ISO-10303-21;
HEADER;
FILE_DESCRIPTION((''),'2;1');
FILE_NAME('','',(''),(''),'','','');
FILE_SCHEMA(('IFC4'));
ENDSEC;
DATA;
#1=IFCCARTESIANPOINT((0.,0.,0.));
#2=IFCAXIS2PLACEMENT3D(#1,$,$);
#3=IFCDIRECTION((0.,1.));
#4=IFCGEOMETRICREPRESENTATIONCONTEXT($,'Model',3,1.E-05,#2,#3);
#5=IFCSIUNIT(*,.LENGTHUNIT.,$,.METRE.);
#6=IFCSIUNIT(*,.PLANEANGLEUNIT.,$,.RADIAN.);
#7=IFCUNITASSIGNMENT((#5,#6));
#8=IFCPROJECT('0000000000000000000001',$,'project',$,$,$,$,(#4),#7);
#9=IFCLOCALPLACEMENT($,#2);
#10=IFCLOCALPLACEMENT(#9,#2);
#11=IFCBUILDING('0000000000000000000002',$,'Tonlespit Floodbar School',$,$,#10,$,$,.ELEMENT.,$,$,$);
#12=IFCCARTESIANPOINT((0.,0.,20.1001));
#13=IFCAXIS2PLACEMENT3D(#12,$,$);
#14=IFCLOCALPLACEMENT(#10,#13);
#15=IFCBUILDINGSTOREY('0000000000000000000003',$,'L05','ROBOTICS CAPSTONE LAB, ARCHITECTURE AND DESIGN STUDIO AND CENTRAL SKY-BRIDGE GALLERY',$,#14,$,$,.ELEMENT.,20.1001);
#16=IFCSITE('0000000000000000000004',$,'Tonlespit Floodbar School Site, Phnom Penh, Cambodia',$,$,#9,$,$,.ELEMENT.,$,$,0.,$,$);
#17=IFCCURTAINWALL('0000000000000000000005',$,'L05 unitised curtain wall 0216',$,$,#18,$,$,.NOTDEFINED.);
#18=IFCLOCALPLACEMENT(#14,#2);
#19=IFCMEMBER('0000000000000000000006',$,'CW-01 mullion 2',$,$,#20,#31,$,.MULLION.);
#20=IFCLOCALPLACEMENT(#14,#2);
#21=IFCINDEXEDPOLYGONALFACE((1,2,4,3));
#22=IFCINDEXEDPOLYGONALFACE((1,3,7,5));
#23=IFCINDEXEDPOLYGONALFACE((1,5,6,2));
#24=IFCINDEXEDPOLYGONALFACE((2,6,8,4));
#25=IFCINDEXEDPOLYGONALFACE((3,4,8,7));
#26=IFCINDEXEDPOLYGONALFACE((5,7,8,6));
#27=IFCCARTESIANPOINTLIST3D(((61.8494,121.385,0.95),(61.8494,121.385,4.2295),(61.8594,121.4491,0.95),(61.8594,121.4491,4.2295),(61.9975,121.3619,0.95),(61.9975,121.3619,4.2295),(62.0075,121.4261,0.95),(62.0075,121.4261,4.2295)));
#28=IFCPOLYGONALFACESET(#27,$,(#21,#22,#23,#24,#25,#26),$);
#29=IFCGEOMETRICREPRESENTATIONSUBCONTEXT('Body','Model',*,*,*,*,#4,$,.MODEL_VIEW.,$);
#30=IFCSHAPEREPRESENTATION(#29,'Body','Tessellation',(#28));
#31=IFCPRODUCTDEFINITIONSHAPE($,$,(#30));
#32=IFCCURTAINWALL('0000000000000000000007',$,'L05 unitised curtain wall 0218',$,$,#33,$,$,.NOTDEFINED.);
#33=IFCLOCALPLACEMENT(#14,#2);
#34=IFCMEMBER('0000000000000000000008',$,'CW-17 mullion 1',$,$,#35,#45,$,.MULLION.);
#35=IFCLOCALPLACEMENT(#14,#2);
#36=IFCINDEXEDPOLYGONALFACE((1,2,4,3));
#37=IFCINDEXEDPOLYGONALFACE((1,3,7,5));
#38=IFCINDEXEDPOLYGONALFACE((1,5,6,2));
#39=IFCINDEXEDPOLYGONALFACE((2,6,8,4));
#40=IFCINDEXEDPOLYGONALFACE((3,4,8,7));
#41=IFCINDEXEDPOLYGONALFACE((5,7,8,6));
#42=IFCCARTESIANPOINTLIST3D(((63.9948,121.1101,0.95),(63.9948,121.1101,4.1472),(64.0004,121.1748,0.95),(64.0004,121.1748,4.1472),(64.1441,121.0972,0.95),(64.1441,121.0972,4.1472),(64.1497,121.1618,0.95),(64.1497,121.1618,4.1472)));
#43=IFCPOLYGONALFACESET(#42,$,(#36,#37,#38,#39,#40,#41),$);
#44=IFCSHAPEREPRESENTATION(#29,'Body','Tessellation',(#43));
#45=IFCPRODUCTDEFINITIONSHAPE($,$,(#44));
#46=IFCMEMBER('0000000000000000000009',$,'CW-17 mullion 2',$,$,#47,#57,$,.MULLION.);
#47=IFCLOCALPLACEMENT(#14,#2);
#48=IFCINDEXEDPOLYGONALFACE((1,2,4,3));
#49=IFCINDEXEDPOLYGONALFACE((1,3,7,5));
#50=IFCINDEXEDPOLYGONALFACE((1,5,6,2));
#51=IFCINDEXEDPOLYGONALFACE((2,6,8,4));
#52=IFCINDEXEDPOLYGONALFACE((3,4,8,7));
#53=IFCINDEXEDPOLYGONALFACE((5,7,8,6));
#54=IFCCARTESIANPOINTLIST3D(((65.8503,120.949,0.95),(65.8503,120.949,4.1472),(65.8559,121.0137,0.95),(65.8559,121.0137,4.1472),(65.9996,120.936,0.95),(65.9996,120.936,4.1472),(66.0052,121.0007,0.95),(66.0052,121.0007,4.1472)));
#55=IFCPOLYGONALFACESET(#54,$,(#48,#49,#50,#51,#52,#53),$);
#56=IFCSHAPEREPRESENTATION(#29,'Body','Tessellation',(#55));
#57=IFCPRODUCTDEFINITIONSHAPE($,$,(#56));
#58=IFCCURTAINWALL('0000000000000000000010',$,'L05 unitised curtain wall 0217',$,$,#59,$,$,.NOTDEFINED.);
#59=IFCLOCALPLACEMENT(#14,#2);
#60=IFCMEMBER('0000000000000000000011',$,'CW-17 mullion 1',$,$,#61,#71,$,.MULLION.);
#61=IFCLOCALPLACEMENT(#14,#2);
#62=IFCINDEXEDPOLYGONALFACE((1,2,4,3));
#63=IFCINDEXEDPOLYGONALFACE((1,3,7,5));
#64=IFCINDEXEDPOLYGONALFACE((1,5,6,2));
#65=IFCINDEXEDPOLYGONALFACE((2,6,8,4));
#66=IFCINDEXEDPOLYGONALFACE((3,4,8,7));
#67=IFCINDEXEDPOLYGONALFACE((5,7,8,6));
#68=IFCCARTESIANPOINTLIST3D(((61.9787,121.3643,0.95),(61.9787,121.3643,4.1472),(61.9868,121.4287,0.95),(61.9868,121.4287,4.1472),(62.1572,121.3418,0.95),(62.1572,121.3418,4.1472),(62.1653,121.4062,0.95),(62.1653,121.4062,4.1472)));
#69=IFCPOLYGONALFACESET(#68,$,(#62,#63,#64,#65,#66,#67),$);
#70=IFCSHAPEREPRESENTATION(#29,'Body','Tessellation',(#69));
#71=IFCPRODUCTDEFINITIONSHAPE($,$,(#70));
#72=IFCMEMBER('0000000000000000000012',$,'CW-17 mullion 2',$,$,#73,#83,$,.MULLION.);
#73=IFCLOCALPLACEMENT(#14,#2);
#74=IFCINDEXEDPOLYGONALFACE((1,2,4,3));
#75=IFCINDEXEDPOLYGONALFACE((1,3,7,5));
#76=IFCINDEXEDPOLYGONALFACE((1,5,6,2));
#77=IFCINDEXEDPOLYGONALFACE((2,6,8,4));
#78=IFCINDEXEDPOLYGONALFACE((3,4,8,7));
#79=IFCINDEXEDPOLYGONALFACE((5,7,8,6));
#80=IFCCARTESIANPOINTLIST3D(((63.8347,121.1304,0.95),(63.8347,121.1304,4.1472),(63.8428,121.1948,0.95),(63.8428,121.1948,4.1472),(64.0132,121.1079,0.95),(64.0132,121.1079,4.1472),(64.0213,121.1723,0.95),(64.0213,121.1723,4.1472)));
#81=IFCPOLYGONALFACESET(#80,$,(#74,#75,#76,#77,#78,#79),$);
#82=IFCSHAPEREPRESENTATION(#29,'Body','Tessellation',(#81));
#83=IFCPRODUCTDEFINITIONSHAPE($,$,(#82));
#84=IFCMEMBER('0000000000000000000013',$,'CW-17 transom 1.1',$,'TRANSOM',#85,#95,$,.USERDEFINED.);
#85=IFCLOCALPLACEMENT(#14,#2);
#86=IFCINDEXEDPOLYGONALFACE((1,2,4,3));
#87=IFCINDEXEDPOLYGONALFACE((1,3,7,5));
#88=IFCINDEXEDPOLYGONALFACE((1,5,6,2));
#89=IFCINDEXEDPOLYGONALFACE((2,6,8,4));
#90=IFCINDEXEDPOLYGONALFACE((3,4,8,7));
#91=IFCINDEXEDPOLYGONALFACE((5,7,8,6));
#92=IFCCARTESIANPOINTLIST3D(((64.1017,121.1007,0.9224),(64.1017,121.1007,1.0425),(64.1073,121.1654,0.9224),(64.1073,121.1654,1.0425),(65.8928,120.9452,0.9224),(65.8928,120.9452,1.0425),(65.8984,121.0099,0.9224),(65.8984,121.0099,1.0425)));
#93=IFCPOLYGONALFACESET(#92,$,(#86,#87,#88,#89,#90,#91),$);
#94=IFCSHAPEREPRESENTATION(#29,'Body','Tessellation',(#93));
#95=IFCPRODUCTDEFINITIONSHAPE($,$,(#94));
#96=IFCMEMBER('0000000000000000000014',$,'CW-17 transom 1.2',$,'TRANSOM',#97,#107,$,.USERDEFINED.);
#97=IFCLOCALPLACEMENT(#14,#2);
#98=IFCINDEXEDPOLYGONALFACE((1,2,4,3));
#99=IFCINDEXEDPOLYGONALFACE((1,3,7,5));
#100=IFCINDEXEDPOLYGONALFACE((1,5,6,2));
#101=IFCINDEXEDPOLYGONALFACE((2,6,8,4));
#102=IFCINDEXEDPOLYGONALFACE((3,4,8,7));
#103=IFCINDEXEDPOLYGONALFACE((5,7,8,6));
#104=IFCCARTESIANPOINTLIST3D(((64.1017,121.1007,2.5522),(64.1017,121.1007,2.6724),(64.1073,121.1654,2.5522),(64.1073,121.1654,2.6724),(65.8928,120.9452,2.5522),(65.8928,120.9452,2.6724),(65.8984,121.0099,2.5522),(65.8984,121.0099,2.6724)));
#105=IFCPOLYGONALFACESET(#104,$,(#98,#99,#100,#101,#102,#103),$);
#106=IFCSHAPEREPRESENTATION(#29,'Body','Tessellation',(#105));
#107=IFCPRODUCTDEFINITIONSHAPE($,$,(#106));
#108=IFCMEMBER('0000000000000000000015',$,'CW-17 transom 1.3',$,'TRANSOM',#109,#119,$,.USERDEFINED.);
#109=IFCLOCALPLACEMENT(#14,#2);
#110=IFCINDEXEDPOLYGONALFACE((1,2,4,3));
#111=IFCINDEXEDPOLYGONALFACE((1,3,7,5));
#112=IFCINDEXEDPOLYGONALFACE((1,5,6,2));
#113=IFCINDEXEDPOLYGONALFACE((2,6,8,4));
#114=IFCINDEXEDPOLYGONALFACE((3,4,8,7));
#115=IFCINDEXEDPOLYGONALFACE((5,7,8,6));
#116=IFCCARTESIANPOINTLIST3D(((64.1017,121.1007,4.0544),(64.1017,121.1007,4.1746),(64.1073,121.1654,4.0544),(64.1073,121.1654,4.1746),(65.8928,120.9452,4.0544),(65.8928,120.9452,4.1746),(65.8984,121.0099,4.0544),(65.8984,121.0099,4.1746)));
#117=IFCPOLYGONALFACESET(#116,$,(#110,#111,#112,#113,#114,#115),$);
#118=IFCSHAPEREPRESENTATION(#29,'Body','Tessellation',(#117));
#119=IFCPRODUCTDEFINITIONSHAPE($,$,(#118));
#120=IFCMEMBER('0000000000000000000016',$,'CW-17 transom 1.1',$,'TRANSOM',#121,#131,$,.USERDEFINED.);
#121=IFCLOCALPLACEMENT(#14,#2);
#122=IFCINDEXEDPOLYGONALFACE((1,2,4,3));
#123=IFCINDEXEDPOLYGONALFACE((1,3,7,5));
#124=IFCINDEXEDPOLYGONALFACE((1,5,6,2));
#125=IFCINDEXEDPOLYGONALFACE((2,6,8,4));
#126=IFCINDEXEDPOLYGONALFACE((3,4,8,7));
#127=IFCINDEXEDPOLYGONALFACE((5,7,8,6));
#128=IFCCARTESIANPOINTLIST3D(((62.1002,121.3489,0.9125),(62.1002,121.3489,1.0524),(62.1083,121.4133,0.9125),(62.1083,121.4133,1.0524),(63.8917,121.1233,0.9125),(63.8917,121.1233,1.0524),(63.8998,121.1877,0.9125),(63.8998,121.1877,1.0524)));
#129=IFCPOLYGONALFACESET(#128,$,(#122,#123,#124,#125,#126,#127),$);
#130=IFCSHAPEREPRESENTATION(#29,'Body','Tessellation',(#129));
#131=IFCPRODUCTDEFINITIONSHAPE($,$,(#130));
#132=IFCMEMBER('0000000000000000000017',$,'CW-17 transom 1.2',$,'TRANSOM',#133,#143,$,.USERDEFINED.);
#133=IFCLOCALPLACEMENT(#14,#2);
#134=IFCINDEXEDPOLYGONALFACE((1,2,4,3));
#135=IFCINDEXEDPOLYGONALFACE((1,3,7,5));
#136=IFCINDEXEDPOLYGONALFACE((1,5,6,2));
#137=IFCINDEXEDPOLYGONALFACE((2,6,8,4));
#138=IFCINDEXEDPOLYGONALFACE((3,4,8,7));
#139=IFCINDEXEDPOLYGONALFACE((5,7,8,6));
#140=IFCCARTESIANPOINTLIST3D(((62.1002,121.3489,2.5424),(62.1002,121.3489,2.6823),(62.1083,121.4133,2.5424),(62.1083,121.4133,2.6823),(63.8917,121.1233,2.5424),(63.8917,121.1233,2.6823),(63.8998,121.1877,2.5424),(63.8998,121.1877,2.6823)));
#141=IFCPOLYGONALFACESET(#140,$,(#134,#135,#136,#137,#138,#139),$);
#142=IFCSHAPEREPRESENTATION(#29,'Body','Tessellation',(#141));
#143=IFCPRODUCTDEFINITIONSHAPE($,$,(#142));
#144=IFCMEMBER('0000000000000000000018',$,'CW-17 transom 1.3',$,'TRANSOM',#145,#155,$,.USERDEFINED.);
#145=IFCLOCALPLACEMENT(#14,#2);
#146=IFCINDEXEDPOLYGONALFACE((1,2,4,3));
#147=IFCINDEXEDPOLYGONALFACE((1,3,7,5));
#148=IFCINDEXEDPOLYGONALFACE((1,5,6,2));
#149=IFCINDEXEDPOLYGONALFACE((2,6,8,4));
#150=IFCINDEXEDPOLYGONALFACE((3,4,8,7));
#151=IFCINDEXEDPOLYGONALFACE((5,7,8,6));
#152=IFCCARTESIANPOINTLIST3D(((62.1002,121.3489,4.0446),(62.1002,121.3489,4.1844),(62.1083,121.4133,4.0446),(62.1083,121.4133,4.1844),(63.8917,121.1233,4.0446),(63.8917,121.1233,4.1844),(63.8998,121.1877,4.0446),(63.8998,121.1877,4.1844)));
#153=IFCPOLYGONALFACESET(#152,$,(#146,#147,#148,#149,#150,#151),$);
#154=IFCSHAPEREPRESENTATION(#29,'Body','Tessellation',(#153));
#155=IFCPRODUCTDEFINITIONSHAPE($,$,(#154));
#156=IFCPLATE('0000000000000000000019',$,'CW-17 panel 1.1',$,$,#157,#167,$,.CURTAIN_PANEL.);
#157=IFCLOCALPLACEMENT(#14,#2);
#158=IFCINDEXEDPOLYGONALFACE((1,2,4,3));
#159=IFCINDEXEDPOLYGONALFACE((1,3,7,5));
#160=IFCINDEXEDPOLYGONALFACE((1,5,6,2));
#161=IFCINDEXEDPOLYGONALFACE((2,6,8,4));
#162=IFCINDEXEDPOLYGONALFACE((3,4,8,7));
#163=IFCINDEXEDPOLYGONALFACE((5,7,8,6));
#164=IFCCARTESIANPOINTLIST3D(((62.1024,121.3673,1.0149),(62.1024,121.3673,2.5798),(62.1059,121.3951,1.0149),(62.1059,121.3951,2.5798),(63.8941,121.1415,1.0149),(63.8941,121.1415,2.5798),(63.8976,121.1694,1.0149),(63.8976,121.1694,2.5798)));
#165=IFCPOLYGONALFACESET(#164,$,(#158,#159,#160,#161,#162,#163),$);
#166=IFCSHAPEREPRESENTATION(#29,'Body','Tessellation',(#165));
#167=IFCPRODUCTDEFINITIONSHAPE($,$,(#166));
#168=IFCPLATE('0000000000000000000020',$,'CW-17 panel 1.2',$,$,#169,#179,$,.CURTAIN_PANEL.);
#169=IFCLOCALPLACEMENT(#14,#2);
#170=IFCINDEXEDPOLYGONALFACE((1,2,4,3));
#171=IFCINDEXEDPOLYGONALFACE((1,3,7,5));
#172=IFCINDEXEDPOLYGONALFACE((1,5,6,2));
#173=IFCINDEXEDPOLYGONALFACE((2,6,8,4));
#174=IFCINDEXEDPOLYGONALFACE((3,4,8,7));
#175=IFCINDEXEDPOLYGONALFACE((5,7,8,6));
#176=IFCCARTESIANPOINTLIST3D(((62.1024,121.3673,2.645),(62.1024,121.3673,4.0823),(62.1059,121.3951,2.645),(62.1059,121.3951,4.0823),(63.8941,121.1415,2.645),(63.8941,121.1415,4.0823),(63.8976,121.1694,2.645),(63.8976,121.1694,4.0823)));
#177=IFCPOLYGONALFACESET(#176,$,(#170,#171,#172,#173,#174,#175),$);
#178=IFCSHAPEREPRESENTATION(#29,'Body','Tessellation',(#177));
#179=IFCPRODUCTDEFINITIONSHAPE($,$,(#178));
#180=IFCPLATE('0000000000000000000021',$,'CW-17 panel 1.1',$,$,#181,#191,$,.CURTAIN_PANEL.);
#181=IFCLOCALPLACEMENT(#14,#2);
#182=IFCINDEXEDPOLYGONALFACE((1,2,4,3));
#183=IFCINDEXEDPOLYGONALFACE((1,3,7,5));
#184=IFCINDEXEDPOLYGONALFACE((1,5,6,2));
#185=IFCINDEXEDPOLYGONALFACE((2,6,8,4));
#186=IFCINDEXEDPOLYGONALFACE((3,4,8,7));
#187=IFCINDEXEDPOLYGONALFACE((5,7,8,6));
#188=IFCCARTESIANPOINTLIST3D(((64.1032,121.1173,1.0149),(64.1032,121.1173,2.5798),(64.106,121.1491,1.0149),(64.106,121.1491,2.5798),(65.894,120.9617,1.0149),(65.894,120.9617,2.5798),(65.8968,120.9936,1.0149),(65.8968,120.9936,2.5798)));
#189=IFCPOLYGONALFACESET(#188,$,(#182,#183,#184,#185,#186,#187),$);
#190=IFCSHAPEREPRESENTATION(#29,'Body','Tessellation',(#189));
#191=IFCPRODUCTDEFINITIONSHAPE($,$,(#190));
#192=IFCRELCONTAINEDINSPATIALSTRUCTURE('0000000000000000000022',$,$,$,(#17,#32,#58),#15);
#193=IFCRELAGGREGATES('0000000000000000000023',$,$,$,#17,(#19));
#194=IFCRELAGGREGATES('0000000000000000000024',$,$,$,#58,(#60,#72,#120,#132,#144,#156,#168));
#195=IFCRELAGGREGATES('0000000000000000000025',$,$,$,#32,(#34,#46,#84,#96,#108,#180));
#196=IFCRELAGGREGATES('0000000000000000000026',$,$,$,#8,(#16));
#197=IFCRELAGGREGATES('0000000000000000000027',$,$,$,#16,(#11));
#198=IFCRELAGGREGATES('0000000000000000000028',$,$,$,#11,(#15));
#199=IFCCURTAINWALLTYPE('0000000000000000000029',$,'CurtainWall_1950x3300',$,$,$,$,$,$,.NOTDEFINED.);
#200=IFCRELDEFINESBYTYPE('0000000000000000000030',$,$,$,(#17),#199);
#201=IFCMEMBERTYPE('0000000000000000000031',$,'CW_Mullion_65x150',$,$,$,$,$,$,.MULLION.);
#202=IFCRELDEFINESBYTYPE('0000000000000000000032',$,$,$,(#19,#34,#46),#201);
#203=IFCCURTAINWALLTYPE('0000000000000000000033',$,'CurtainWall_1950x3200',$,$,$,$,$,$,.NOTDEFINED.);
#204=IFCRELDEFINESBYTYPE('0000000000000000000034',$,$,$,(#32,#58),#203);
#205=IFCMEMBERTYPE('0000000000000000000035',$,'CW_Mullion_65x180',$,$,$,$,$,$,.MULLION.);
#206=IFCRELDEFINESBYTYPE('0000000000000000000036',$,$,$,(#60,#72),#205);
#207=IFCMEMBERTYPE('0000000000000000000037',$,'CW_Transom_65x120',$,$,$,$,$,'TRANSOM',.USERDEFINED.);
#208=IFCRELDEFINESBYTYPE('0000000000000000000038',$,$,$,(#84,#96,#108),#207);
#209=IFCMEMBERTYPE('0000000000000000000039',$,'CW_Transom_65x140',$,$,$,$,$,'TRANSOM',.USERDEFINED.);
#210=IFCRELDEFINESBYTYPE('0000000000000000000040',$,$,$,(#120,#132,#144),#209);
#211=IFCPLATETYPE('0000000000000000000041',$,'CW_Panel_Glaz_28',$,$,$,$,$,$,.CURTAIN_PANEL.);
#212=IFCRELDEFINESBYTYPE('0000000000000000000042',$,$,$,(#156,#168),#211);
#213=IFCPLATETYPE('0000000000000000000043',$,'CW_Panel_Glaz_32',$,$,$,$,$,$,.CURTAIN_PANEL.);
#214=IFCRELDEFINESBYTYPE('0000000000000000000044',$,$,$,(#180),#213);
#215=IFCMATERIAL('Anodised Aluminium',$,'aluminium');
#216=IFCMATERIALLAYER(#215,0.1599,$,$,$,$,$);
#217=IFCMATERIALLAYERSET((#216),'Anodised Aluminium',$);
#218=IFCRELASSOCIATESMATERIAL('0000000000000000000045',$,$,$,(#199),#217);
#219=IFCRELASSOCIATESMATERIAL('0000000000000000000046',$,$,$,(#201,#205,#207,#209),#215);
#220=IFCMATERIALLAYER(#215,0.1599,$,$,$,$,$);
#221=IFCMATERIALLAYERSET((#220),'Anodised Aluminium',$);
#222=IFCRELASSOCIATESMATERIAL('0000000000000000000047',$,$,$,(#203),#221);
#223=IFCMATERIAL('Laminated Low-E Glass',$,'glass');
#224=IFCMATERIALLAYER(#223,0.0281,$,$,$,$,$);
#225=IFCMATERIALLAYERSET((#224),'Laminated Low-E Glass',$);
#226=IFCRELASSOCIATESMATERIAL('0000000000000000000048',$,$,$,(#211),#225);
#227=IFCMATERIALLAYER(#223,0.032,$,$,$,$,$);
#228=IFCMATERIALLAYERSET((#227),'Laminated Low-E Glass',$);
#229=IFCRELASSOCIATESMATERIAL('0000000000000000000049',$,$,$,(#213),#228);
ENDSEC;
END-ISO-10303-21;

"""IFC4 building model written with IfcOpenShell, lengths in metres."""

from ifc_helpers import new_model, si_unit, direction, frame, origin, origin_2d, place, context, subcontext, project, spatial, rectangle, extrude, material, layer, layer_set, material_profile, profile_set, type_object, element, aggregate, save


model = new_model("IFC4")

# Units and contexts
model_context = context("Model", 3, precision=1e-05, world=origin(), true_north=direction((0.0, 1.0)))
body_context = subcontext(model_context, "Body", "Model", "MODEL_VIEW")
ifc_project = project(units=[si_unit("LENGTHUNIT", "METRE"), si_unit("PLANEANGLEUNIT", "RADIAN")], contexts=[model_context])

# Site, building, storey
site_placement = place(None, origin())
site = spatial("IfcSite", under=ifc_project, at=site_placement, Name="Tonlespit Floodbar School Site, Phnom Penh, Cambodia", CompositionType="ELEMENT", RefElevation=0.0)
building_placement = place(site_placement, origin())
building = spatial("IfcBuilding", under=site, at=building_placement, Name="Tonlespit Floodbar School", CompositionType="ELEMENT")
storey_placement = place(building_placement, frame((0.0, 0.0, 20.1001)))
storey = spatial("IfcBuildingStorey", under=building, at=storey_placement, Name="L05", Description="ROBOTICS CAPSTONE LAB, ARCHITECTURE AND DESIGN STUDIO AND CENTRAL SKY-BRIDGE GALLERY", CompositionType="ELEMENT", Elevation=20.1001)

# Curtain wall, member
ifc_material_1 = material(Name="Anodised Aluminium", Category="aluminium")
ifc_layer_1 = layer(ifc_material_1, 0.1599)
ifc_layer_set_1 = layer_set([ifc_layer_1], Name="Anodised Aluminium")
curtain_wall_type_1 = type_object("IfcCurtainWallType", Name="CurtainWall_1950x3300", PredefinedType="NOTDEFINED", material=ifc_layer_set_1)
curtain_wall_1_placement = place(storey_placement, origin())
curtain_wall_1 = element("IfcCurtainWall", 1, at=curtain_wall_1_placement, inside=storey, type_object=curtain_wall_type_1, Name="L05 unitised curtain wall 0216", PredefinedType="NOTDEFINED")
ifc_material_profile_1 = material_profile(ifc_material_1, rectangle(XDim=0.0649, YDim=0.1499, at=origin_2d()), Name="ALU M65x150")
ifc_profile_set_1 = profile_set([ifc_material_profile_1], Name="Anodised Aluminium")
member_type_1 = type_object("IfcMemberType", Name="CW_Mullion_65x150", PredefinedType="MULLION", material=ifc_profile_set_1)
member_1_placement = place(storey_placement, frame((61.9285, 121.4055, 0.95), z_axis=(0.0, 0.0, 1.0), x_axis=(0.153796, 0.988103, 0.0)))
member_1 = element("IfcMember", 2, at=member_1_placement, type_object=member_type_1, Name="CW-01 mullion 2", PredefinedType="MULLION", context=body_context, shape_type="SweptSolid", body=[
    extrude(rectangle(XDim=0.0649, YDim=0.1499, at=origin_2d()), origin(), (0.0, 0.0, 1.0), 3.2795),
])
aggregate(curtain_wall_1, [member_1])

# Curtain walls, members
ifc_layer_2 = layer(ifc_material_1, 0.1599)
ifc_layer_set_2 = layer_set([ifc_layer_2], Name="Anodised Aluminium")
curtain_wall_type_2 = type_object("IfcCurtainWallType", Name="CurtainWall_1950x3200", PredefinedType="NOTDEFINED", material=ifc_layer_set_2)
curtain_wall_2_placement = place(storey_placement, origin())
curtain_wall_2 = element("IfcCurtainWall", 3, at=curtain_wall_2_placement, inside=storey, type_object=curtain_wall_type_2, Name="L05 unitised curtain wall 0218", PredefinedType="NOTDEFINED")
member_2_placement = place(storey_placement, frame((64.0723, 121.136, 0.95), z_axis=(0.0, 0.0, 1.0), x_axis=(0.086531, 0.996249, 0.0)))
member_2 = element("IfcMember", 4, at=member_2_placement, type_object=member_type_1, Name="CW-17 mullion 1", PredefinedType="MULLION", context=body_context, shape_type="SweptSolid", body=[
    extrude(rectangle(XDim=0.0649, YDim=0.1499, at=origin_2d()), origin(), (0.0, 0.0, 1.0), 3.1973),
])
member_3_placement = place(storey_placement, frame((65.9277, 120.9749, 0.95), z_axis=(0.0, 0.0, 1.0), x_axis=(0.086531, 0.996249, 0.0)))
member_3 = element("IfcMember", 5, at=member_3_placement, type_object=member_type_1, Name="CW-17 mullion 2", PredefinedType="MULLION", context=body_context, shape_type="SweptSolid", body=[
    extrude(rectangle(XDim=0.0649, YDim=0.1499, at=origin_2d()), origin(), (0.0, 0.0, 1.0), 3.1973),
])
curtain_wall_3_placement = place(storey_placement, origin())
curtain_wall_3 = element("IfcCurtainWall", 6, at=curtain_wall_3_placement, inside=storey, type_object=curtain_wall_type_2, Name="L05 unitised curtain wall 0217", PredefinedType="NOTDEFINED")
ifc_material_profile_2 = material_profile(ifc_material_1, rectangle(XDim=0.0649, YDim=0.1799, at=origin_2d()), Name="ALU M65x180")
ifc_profile_set_2 = profile_set([ifc_material_profile_2], Name="Anodised Aluminium")
member_type_2 = type_object("IfcMemberType", Name="CW_Mullion_65x180", PredefinedType="MULLION", material=ifc_profile_set_2)
member_4_placement = place(storey_placement, frame((62.072, 121.3853, 0.95), z_axis=(0.0, 0.0, 1.0), x_axis=(0.125014, 0.992155, 0.0)))
member_4 = element("IfcMember", 7, at=member_4_placement, type_object=member_type_2, Name="CW-17 mullion 1", PredefinedType="MULLION", context=body_context, shape_type="SweptSolid", body=[
    extrude(rectangle(XDim=0.0649, YDim=0.1799, at=origin_2d()), origin(), (0.0, 0.0, 1.0), 3.1973),
])
member_5_placement = place(storey_placement, frame((63.928, 121.1514, 0.95), z_axis=(0.0, 0.0, 1.0), x_axis=(0.125014, 0.992155, 0.0)))
member_5 = element("IfcMember", 8, at=member_5_placement, type_object=member_type_2, Name="CW-17 mullion 2", PredefinedType="MULLION", context=body_context, shape_type="SweptSolid", body=[
    extrude(rectangle(XDim=0.0649, YDim=0.1799, at=origin_2d()), origin(), (0.0, 0.0, 1.0), 3.1973),
])

# Members
ifc_material_profile_3 = material_profile(ifc_material_1, rectangle(XDim=0.0649, YDim=0.1201, at=origin_2d()), Name="ALU T65x120")
ifc_profile_set_3 = profile_set([ifc_material_profile_3], Name="Anodised Aluminium")
member_type_3 = type_object("IfcMemberType", Name="CW_Transom_65x120", ElementType="TRANSOM", PredefinedType="USERDEFINED", material=ifc_profile_set_3)
member_6_placement = place(storey_placement, frame((64.1045, 121.1331, 0.9824), z_axis=(0.996251, -0.086507, 0.0), x_axis=(0.086507, 0.996251, 0.0)))
member_6 = element("IfcMember", 9, at=member_6_placement, type_object=member_type_3, Name="CW-17 transom 1.1", ObjectType="TRANSOM", PredefinedType="USERDEFINED", context=body_context, shape_type="SweptSolid", body=[
    extrude(rectangle(XDim=0.0649, YDim=0.1201, at=origin_2d()), origin(), (0.0, 0.0, 1.0), 1.7979),
])
member_7_placement = place(storey_placement, frame((64.1045, 121.1331, 2.6123), z_axis=(0.996251, -0.086507, 0.0), x_axis=(0.086507, 0.996251, 0.0)))
member_7 = element("IfcMember", 10, at=member_7_placement, type_object=member_type_3, Name="CW-17 transom 1.2", ObjectType="TRANSOM", PredefinedType="USERDEFINED", context=body_context, shape_type="SweptSolid", body=[
    extrude(rectangle(XDim=0.0649, YDim=0.1201, at=origin_2d()), origin(), (0.0, 0.0, 1.0), 1.7979),
])
member_8_placement = place(storey_placement, frame((64.1045, 121.1331, 4.1145), z_axis=(0.996251, -0.086507, 0.0), x_axis=(0.086507, 0.996251, 0.0)))
member_8 = element("IfcMember", 11, at=member_8_placement, type_object=member_type_3, Name="CW-17 transom 1.3", ObjectType="TRANSOM", PredefinedType="USERDEFINED", context=body_context, shape_type="SweptSolid", body=[
    extrude(rectangle(XDim=0.0649, YDim=0.1201, at=origin_2d()), origin(), (0.0, 0.0, 1.0), 1.7979),
])
ifc_material_profile_4 = material_profile(ifc_material_1, rectangle(XDim=0.0649, YDim=0.1399, at=origin_2d()), Name="ALU T65x140")
ifc_profile_set_4 = profile_set([ifc_material_profile_4], Name="Anodised Aluminium")
member_type_4 = type_object("IfcMemberType", Name="CW_Transom_65x140", ElementType="TRANSOM", PredefinedType="USERDEFINED", material=ifc_profile_set_4)
member_9_placement = place(storey_placement, frame((62.1042, 121.3811, 0.9824), z_axis=(0.992165, -0.124933, 0.0), x_axis=(0.124933, 0.992165, 0.0)))
member_9 = element("IfcMember", 12, at=member_9_placement, type_object=member_type_4, Name="CW-17 transom 1.1", ObjectType="TRANSOM", PredefinedType="USERDEFINED", context=body_context, shape_type="SweptSolid", body=[
    extrude(rectangle(XDim=0.0649, YDim=0.1399, at=origin_2d()), origin(), (0.0, 0.0, 1.0), 1.8057),
])
member_10_placement = place(storey_placement, frame((62.1042, 121.3811, 2.6123), z_axis=(0.992165, -0.124933, 0.0), x_axis=(0.124933, 0.992165, 0.0)))
member_10 = element("IfcMember", 13, at=member_10_placement, type_object=member_type_4, Name="CW-17 transom 1.2", ObjectType="TRANSOM", PredefinedType="USERDEFINED", context=body_context, shape_type="SweptSolid", body=[
    extrude(rectangle(XDim=0.0649, YDim=0.1399, at=origin_2d()), origin(), (0.0, 0.0, 1.0), 1.8057),
])
member_11_placement = place(storey_placement, frame((62.1042, 121.3811, 4.1145), z_axis=(0.992165, -0.124933, 0.0), x_axis=(0.124933, 0.992165, 0.0)))
member_11 = element("IfcMember", 14, at=member_11_placement, type_object=member_type_4, Name="CW-17 transom 1.3", ObjectType="TRANSOM", PredefinedType="USERDEFINED", context=body_context, shape_type="SweptSolid", body=[
    extrude(rectangle(XDim=0.0649, YDim=0.1399, at=origin_2d()), origin(), (0.0, 0.0, 1.0), 1.8057),
])

# Plates
ifc_material_2 = material(Name="Laminated Low-E Glass", Category="glass")
ifc_layer_3 = layer(ifc_material_2, 0.0281)
ifc_layer_set_3 = layer_set([ifc_layer_3], Name="Laminated Low-E Glass")
plate_type_1 = type_object("IfcPlateType", Name="CW_Panel_Glaz_28", PredefinedType="CURTAIN_PANEL", material=ifc_layer_set_3)
plate_1_placement = place(storey_placement, frame((63.0, 121.2683, 1.0149), z_axis=(0.0, 0.0, 1.0), x_axis=(0.992155, -0.125014, 0.0)))
plate_1 = element("IfcPlate", 15, at=plate_1_placement, type_object=plate_type_1, Name="CW-17 panel 1.1", PredefinedType="CURTAIN_PANEL", context=body_context, shape_type="SweptSolid", body=[
    extrude(rectangle(XDim=1.8059, YDim=0.0281, at=origin_2d()), origin(), (0.0, 0.0, 1.0), 1.5649),
])
plate_2_placement = place(storey_placement, frame((63.0, 121.2683, 2.645), z_axis=(0.0, 0.0, 1.0), x_axis=(0.992155, -0.125014, 0.0)))
plate_2 = element("IfcPlate", 16, at=plate_2_placement, type_object=plate_type_1, Name="CW-17 panel 1.2", PredefinedType="CURTAIN_PANEL", context=body_context, shape_type="SweptSolid", body=[
    extrude(rectangle(XDim=1.8059, YDim=0.0281, at=origin_2d()), origin(), (0.0, 0.0, 1.0), 1.4373),
])
aggregate(curtain_wall_3, [member_4, member_5, member_9, member_10, member_11, plate_1, plate_2])
ifc_layer_4 = layer(ifc_material_2, 0.032)
ifc_layer_set_4 = layer_set([ifc_layer_4], Name="Laminated Low-E Glass")
plate_type_2 = type_object("IfcPlateType", Name="CW_Panel_Glaz_32", PredefinedType="CURTAIN_PANEL", material=ifc_layer_set_4)
plate_3_placement = place(storey_placement, frame((65.0, 121.0554, 1.0149), z_axis=(0.0, 0.0, 1.0), x_axis=(0.996249, -0.086531, 0.0)))
plate_3 = element("IfcPlate", 17, at=plate_3_placement, type_object=plate_type_2, Name="CW-17 panel 1.1", PredefinedType="CURTAIN_PANEL", context=body_context, shape_type="SweptSolid", body=[
    extrude(rectangle(XDim=1.7976, YDim=0.032, at=origin_2d()), origin(), (0.0, 0.0, 1.0), 1.5649),
])
aggregate(curtain_wall_2, [member_2, member_3, member_6, member_7, member_8, plate_3])

save(model, "model.ifc")
